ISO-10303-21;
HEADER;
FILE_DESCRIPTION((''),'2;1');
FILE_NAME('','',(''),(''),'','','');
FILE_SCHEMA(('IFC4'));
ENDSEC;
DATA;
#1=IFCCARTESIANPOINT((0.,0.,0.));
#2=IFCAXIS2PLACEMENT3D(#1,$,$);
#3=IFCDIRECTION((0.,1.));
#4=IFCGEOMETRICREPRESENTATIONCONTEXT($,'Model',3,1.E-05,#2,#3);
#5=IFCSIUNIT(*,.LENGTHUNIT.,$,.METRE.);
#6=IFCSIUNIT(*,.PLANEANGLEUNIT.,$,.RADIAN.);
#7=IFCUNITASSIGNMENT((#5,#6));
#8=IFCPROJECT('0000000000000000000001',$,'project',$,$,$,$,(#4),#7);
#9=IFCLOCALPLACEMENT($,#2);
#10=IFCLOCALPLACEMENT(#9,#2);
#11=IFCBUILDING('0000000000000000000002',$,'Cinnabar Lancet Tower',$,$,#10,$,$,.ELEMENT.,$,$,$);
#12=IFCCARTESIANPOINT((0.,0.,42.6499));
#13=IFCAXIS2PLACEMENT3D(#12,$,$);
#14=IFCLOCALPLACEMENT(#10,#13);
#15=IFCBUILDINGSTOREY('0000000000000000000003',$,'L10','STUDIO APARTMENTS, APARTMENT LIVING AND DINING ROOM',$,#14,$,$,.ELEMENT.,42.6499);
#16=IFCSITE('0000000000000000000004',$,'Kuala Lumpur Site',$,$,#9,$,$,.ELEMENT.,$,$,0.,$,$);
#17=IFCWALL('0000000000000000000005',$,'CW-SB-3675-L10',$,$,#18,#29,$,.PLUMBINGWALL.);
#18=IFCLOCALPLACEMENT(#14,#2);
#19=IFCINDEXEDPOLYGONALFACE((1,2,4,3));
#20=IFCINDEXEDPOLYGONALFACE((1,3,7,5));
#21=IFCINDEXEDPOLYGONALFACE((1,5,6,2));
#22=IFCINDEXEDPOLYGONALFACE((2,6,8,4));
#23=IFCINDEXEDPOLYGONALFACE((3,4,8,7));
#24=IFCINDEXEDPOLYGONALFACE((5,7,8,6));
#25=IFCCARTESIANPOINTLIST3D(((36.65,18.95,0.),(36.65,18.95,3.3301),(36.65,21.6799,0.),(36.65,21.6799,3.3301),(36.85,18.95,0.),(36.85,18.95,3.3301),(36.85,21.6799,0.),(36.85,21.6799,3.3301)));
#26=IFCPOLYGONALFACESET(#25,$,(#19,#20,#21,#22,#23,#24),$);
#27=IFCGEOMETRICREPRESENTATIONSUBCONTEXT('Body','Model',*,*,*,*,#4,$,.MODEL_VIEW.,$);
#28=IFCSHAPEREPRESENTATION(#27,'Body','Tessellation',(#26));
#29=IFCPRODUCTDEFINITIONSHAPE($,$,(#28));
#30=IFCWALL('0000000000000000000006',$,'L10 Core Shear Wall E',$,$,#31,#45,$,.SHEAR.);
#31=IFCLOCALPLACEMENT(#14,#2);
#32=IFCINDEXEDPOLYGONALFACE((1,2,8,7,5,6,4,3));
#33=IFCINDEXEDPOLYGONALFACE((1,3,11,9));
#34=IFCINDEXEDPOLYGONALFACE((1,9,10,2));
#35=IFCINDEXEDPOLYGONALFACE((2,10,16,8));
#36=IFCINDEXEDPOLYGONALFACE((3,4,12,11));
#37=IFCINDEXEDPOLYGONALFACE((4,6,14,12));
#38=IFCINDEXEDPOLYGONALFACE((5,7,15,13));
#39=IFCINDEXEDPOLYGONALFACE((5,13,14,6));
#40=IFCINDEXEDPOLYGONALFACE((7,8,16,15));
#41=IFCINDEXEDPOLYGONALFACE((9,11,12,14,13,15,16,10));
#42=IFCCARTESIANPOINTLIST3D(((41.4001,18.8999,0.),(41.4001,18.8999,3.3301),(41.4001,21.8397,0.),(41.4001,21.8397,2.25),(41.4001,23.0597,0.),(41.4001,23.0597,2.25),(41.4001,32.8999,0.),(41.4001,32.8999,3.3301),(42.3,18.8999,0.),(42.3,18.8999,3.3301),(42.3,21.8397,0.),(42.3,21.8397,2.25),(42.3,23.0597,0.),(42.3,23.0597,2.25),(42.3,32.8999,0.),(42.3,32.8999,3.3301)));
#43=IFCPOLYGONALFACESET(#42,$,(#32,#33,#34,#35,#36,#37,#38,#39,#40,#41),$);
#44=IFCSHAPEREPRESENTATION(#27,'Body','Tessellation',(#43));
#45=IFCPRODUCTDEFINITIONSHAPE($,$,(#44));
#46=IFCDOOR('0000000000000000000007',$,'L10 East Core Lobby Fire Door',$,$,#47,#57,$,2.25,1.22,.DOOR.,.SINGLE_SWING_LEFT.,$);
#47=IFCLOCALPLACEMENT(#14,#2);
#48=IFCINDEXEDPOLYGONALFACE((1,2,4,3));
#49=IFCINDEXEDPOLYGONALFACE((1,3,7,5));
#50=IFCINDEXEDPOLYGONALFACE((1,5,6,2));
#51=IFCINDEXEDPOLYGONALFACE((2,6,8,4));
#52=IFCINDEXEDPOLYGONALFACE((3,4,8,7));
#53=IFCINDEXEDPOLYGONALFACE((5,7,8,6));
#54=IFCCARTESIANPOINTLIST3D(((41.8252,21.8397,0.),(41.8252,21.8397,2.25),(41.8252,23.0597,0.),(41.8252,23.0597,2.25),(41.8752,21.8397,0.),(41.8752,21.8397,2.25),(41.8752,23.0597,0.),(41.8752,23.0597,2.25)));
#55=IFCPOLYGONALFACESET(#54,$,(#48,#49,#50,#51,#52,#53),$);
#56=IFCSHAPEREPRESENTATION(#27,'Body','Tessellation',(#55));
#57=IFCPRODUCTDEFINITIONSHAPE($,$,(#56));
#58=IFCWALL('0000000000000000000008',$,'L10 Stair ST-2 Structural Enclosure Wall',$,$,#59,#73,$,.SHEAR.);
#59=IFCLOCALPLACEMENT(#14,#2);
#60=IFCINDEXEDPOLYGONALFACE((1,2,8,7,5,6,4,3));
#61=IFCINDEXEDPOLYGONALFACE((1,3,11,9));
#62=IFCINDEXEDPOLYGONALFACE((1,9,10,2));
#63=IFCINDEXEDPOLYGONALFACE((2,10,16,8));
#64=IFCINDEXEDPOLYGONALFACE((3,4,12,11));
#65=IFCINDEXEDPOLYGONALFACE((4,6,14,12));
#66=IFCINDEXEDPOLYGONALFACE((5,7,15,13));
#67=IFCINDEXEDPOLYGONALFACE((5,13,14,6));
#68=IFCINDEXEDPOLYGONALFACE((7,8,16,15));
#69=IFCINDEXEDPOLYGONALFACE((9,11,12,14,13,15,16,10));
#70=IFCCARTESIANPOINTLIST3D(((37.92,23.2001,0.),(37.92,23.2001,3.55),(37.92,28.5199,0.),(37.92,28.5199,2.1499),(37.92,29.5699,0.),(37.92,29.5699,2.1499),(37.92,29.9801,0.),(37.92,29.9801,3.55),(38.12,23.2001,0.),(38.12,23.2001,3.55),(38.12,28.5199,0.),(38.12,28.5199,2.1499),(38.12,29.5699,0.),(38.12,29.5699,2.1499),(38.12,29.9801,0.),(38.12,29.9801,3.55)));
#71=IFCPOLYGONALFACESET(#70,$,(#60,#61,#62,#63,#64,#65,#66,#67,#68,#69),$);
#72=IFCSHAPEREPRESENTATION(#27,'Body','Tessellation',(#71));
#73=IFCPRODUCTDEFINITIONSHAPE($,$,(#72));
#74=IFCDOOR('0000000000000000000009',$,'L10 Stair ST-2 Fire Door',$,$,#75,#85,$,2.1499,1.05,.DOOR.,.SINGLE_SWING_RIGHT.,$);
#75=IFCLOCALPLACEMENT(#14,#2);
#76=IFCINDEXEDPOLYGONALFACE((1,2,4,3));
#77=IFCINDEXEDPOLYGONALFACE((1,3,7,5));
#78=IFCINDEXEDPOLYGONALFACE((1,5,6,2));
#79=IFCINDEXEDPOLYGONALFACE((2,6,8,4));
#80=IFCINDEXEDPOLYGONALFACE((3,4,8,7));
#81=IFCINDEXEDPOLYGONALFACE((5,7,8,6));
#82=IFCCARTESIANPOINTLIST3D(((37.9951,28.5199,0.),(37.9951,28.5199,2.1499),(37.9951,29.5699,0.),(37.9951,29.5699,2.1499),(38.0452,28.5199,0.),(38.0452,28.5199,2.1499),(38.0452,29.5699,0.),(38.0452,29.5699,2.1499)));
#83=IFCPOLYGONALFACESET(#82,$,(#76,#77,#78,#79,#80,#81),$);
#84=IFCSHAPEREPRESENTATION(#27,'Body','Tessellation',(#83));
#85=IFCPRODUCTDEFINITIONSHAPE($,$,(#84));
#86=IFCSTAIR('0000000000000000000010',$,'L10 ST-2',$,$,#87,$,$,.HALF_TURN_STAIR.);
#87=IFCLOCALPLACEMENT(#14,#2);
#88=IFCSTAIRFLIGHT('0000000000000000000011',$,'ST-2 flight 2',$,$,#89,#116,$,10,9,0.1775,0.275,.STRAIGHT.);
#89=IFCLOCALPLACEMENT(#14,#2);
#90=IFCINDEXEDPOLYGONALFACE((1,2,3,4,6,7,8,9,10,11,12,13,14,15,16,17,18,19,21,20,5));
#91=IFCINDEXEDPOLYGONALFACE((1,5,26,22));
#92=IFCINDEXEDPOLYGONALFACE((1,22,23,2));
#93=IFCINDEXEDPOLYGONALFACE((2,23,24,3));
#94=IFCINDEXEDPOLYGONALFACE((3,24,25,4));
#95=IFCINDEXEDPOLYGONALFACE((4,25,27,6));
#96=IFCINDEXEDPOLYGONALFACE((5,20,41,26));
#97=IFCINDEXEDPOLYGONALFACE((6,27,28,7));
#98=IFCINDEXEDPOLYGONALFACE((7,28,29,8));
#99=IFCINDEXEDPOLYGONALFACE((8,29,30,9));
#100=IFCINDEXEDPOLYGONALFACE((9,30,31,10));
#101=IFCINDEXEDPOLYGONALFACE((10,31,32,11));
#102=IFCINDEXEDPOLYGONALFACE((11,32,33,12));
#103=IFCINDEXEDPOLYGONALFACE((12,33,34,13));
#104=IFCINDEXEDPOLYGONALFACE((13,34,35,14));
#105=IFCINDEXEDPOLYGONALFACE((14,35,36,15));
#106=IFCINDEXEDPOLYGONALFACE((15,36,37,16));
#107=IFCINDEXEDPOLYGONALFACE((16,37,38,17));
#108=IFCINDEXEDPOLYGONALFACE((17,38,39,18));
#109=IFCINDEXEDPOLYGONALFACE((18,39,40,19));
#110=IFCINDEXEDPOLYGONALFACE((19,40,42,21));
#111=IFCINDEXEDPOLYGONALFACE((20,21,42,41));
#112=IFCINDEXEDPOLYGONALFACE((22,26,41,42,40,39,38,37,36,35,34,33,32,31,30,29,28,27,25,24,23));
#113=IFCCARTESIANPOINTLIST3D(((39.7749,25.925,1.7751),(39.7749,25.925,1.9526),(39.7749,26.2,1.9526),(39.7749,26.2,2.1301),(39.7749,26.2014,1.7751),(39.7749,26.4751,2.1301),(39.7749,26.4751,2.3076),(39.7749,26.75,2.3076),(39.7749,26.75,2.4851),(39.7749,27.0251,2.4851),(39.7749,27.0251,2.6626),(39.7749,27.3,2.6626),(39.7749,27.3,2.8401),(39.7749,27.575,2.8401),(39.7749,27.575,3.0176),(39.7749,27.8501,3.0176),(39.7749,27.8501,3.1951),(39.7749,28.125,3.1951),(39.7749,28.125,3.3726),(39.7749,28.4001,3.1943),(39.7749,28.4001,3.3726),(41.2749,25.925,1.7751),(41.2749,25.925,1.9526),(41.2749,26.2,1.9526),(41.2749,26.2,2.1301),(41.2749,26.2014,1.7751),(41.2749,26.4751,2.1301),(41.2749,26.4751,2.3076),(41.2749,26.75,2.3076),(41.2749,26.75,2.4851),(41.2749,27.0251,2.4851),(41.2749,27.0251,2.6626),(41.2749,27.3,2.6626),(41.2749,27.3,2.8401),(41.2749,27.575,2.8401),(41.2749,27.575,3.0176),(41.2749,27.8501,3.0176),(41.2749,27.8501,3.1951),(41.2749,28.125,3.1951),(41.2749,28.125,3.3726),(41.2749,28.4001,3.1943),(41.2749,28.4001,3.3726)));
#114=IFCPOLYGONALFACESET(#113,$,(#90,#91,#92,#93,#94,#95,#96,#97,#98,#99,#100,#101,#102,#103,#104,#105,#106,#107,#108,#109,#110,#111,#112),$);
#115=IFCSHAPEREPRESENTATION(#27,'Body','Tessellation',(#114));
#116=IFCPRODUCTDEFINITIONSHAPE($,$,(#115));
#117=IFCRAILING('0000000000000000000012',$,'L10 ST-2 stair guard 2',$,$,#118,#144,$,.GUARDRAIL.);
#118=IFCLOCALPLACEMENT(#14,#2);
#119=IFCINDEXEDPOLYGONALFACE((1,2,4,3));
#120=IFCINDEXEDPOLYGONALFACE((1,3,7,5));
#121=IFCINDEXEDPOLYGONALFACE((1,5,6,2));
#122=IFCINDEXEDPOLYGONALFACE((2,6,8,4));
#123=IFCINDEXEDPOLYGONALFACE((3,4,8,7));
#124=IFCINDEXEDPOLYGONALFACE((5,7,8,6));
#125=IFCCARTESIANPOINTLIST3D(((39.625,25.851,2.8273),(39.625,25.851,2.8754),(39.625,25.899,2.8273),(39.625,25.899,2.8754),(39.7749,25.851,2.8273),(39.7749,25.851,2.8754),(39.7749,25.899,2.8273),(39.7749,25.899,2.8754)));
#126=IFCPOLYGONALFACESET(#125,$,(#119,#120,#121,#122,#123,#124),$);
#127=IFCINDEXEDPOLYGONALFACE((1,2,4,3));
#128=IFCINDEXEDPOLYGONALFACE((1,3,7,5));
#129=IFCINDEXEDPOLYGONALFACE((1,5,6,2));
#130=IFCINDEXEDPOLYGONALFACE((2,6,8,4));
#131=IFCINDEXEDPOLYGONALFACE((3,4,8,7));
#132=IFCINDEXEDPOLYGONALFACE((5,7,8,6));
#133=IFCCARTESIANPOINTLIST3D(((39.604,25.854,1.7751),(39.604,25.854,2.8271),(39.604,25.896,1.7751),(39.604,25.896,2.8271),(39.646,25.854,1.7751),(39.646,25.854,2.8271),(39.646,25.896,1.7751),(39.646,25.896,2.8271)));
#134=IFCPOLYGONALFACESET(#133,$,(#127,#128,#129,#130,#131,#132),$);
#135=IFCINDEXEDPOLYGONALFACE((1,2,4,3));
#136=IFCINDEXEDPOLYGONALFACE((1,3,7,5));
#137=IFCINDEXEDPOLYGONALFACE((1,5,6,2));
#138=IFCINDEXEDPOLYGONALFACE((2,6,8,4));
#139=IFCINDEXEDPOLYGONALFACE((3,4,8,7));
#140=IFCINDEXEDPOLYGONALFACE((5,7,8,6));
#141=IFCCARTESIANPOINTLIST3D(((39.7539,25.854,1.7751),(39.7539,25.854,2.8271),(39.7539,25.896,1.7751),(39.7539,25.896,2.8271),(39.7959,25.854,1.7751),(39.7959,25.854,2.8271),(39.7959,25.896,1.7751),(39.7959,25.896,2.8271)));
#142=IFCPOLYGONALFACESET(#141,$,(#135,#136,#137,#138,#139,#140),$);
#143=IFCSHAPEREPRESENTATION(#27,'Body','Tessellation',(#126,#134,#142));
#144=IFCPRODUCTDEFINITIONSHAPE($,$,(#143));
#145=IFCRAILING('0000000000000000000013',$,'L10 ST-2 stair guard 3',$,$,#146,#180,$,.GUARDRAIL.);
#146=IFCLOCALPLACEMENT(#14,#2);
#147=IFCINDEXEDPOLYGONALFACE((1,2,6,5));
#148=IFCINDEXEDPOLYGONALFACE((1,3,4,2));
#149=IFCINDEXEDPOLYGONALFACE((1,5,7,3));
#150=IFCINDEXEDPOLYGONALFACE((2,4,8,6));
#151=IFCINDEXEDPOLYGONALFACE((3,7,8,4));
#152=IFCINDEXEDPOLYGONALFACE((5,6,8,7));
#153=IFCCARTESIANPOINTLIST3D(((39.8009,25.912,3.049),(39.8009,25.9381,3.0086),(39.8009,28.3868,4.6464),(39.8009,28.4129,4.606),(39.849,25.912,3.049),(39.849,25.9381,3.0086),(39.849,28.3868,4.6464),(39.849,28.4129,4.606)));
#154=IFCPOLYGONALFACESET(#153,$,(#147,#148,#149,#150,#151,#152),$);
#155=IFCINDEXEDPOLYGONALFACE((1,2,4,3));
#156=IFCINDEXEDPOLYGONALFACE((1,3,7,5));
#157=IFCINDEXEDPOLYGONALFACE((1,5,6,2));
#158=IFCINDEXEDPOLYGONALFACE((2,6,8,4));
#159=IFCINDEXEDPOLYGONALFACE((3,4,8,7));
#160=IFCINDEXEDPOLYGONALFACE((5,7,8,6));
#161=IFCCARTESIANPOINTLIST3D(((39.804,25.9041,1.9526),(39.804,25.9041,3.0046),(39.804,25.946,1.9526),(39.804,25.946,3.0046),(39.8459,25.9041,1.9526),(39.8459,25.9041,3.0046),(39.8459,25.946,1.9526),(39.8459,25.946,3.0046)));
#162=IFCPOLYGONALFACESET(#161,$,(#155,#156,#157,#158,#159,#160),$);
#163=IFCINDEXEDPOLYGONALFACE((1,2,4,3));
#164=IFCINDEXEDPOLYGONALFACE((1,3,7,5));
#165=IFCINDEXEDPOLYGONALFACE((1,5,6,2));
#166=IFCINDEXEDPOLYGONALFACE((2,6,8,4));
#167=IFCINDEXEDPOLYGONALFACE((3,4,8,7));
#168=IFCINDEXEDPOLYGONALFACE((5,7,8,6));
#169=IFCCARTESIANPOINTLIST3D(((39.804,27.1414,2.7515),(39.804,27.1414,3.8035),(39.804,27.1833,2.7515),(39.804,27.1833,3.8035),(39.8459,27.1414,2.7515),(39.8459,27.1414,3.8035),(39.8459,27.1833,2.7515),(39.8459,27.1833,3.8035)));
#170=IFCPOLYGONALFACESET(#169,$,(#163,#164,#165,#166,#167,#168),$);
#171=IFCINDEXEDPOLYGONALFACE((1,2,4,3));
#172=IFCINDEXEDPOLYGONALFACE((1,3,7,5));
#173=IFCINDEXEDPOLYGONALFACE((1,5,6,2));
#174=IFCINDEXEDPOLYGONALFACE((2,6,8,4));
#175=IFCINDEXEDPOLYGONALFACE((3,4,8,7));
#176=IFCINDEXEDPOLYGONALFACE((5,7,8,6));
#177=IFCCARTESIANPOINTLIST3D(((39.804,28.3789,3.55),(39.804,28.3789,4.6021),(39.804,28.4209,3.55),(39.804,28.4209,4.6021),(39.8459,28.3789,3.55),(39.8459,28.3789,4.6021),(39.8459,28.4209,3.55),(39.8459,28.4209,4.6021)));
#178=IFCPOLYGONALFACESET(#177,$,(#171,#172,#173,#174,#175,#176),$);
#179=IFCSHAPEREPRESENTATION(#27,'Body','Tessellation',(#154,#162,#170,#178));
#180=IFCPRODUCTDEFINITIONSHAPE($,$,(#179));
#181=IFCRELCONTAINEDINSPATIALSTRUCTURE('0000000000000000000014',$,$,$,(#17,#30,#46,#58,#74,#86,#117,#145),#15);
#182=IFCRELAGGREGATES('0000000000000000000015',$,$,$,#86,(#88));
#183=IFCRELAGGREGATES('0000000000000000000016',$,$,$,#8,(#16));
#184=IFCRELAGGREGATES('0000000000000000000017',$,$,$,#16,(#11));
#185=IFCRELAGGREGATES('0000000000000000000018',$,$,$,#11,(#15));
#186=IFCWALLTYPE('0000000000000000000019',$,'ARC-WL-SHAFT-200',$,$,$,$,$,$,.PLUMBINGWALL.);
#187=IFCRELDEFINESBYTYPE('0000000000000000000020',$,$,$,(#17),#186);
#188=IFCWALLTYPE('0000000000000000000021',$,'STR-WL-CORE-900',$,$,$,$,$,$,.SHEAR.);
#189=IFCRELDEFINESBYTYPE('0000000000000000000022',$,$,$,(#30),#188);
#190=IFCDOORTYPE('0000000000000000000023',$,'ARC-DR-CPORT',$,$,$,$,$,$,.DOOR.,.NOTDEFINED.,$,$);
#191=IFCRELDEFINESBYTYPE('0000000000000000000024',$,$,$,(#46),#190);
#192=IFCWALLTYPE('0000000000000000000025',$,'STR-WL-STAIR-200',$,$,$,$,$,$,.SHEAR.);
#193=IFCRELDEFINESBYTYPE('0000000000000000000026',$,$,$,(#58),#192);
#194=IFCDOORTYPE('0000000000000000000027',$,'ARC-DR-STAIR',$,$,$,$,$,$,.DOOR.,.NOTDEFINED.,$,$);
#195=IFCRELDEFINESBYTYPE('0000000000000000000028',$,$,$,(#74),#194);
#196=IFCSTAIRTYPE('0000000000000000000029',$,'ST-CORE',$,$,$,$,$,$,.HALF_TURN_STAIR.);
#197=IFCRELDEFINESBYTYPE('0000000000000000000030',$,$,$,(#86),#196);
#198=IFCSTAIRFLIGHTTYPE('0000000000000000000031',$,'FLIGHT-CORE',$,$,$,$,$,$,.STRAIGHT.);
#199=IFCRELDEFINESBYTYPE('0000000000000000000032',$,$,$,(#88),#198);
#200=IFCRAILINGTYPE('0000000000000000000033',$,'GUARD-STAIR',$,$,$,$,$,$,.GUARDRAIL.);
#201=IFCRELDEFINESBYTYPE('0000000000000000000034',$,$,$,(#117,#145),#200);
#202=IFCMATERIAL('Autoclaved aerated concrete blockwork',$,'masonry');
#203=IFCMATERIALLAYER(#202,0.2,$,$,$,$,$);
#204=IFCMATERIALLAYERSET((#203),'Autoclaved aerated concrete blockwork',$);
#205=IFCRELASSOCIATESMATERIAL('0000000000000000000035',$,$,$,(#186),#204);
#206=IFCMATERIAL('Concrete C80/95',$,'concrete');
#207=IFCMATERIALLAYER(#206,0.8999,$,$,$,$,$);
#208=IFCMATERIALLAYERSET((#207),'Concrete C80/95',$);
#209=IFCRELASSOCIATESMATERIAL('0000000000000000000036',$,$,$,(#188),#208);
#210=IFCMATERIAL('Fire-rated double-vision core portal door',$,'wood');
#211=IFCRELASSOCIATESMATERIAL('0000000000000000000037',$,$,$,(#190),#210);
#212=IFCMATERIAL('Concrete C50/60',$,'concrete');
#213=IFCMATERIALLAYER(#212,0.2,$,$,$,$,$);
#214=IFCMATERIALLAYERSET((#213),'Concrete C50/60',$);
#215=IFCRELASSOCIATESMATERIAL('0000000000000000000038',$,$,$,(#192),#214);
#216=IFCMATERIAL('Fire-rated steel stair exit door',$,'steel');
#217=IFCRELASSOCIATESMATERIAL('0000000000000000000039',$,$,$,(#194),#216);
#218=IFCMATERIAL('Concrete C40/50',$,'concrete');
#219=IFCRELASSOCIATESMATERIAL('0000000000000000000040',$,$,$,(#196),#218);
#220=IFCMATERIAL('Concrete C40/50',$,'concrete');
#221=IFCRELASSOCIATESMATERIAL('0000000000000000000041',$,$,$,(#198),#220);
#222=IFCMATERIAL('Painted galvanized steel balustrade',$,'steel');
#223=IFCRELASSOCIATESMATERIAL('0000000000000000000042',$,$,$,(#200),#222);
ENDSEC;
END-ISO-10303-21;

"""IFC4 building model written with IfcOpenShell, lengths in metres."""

from ifc_helpers import new_model, si_unit, direction, frame, frame_2d, origin, origin_2d, place, context, subcontext, project, spatial, polyline, rectangle, outline, extrude, material, layer, layer_set, type_object, element, fill, aggregate, save


model = new_model("IFC4")

# Units and contexts
model_context = context("Model", 3, precision=1e-05, world=origin(), true_north=direction((0.0, 1.0)))
body_context = subcontext(model_context, "Body", "Model", "MODEL_VIEW")
ifc_project = project(units=[si_unit("LENGTHUNIT", "METRE"), si_unit("PLANEANGLEUNIT", "RADIAN")], contexts=[model_context])

# Site, building, storey
site_placement = place(None, origin())
site = spatial("IfcSite", under=ifc_project, at=site_placement, Name="Kuala Lumpur Site", CompositionType="ELEMENT", RefElevation=0.0)
building_placement = place(site_placement, origin())
building = spatial("IfcBuilding", under=site, at=building_placement, Name="Cinnabar Lancet Tower", CompositionType="ELEMENT")
storey_placement = place(building_placement, frame((0.0, 0.0, 42.6499)))
storey = spatial("IfcBuildingStorey", under=building, at=storey_placement, Name="L10", Description="STUDIO APARTMENTS, APARTMENT LIVING AND DINING ROOM", CompositionType="ELEMENT", Elevation=42.6499)

# Shared definitions
ifc_material_1 = material(Name="Autoclaved aerated concrete blockwork", Category="masonry")
ifc_layer_1 = layer(ifc_material_1, 0.2)
ifc_layer_set_1 = layer_set([ifc_layer_1], Name="Autoclaved aerated concrete blockwork")
wall_type_1 = type_object("IfcWallType", Name="ARC-WL-SHAFT-200", PredefinedType="PLUMBINGWALL", material=ifc_layer_set_1)

# Wall
for number, where, z_axis, x_axis, name in (
    (1, (36.75, 18.95, 0.0), (0.0, 0.0, 1.0), (0.0, 1.0, 0.0), "CW-SB-3675-L10"),
):
    element("IfcWall", number, at=place(storey_placement, frame(where, z_axis=z_axis, x_axis=x_axis)), inside=storey, type_object=wall_type_1, Name=name, PredefinedType="PLUMBINGWALL", context=body_context, shape_type="SweptSolid", body=[
        extrude(rectangle(XDim=2.73, YDim=0.2, at=frame_2d((1.365, 0.0))), origin(), (0.0, 0.0, 1.0), 3.3301),
    ])

# Walls, openings, doors
ifc_material_2 = material(Name="Concrete C80/95", Category="concrete")
ifc_layer_2 = layer(ifc_material_2, 0.8999)
ifc_layer_set_2 = layer_set([ifc_layer_2], Name="Concrete C80/95")
wall_type_2 = type_object("IfcWallType", Name="STR-WL-CORE-900", PredefinedType="SHEAR", material=ifc_layer_set_2)
wall_1_placement = place(storey_placement, frame((41.8501, 18.8999, 0.0), z_axis=(0.0, 0.0, 1.0), x_axis=(0.0, 1.0, 0.0)))
wall_1 = element("IfcWall", 2, at=wall_1_placement, inside=storey, type_object=wall_type_2, Name="L10 Core Shear Wall E", PredefinedType="SHEAR", context=body_context, shape_type="SweptSolid", body=[
    extrude(rectangle(XDim=14.0, YDim=0.8999, at=frame_2d((7.0, 0.0))), origin(), (0.0, 0.0, 1.0), 3.3301),
])
opening_1_placement = place(wall_1_placement, frame((2.9399, 0.0, 0.0)))
opening_1 = element("IfcOpeningElement", 3, at=opening_1_placement, cuts=wall_1, PredefinedType="OPENING", context=body_context, shape_type="SweptSolid", body=[
    extrude(rectangle(XDim=1.22, YDim=2.25, at=frame_2d((0.6099, 1.125))), frame((0.0, 0.46, 0.0), z_axis=(0.0, -1.0, 0.0), x_axis=(1.0, 0.0, 0.0)), (0.0, 0.0, 1.0), 0.9199),
])
ifc_material_3 = material(Name="Fire-rated double-vision core portal door", Category="wood")
door_type_1 = type_object("IfcDoorType", Name="ARC-DR-CPORT", OperationType="NOTDEFINED", PredefinedType="DOOR", material=ifc_material_3)
door_1_placement = place(opening_1_placement, origin())
door_1 = element("IfcDoor", 4, at=door_1_placement, inside=storey, type_object=door_type_1, Name="L10 East Core Lobby Fire Door", OperationType="SINGLE_SWING_LEFT", OverallHeight=2.25, OverallWidth=1.22, PredefinedType="DOOR", context=body_context, shape_type="SweptSolid", body=[
    extrude(rectangle(XDim=1.22, YDim=2.25, at=frame_2d((0.6099, 1.125))), frame((0.0, 0.0249, 0.0), z_axis=(0.0, -1.0, 0.0), x_axis=(1.0, 0.0, 0.0)), (0.0, 0.0, 1.0), 0.05),
])
fill(opening_1, door_1)
ifc_material_4 = material(Name="Concrete C50/60", Category="concrete")
ifc_layer_3 = layer(ifc_material_4, 0.2)
ifc_layer_set_3 = layer_set([ifc_layer_3], Name="Concrete C50/60")
wall_type_3 = type_object("IfcWallType", Name="STR-WL-STAIR-200", PredefinedType="SHEAR", material=ifc_layer_set_3)
wall_2_placement = place(storey_placement, frame((38.02, 23.2, 0.0), z_axis=(0.0, 0.0, 1.0), x_axis=(0.0, 1.0, 0.0)))
wall_2 = element("IfcWall", 5, at=wall_2_placement, inside=storey, type_object=wall_type_3, Name="L10 Stair ST-2 Structural Enclosure Wall", PredefinedType="SHEAR", context=body_context, shape_type="SweptSolid", body=[
    extrude(rectangle(XDim=6.78, YDim=0.2, at=frame_2d((3.3901, 0.0))), origin(), (0.0, 0.0, 1.0), 3.55),
])
opening_2_placement = place(wall_2_placement, frame((5.3201, 0.0, 0.0)))
opening_2 = element("IfcOpeningElement", 6, at=opening_2_placement, cuts=wall_2, PredefinedType="OPENING", context=body_context, shape_type="SweptSolid", body=[
    extrude(rectangle(XDim=1.05, YDim=2.1499, at=frame_2d((0.5249, 1.075))), frame((0.0, 0.1099, 0.0), z_axis=(0.0, -1.0, 0.0), x_axis=(1.0, 0.0, 0.0)), (0.0, 0.0, 1.0), 0.22),
])
ifc_material_5 = material(Name="Fire-rated steel stair exit door", Category="steel")
door_type_2 = type_object("IfcDoorType", Name="ARC-DR-STAIR", OperationType="NOTDEFINED", PredefinedType="DOOR", material=ifc_material_5)
door_2_placement = place(opening_2_placement, origin())
door_2 = element("IfcDoor", 7, at=door_2_placement, inside=storey, type_object=door_type_2, Name="L10 Stair ST-2 Fire Door", OperationType="SINGLE_SWING_RIGHT", OverallHeight=2.1499, OverallWidth=1.05, PredefinedType="DOOR", context=body_context, shape_type="SweptSolid", body=[
    extrude(rectangle(XDim=1.05, YDim=2.1499, at=frame_2d((0.5249, 1.075))), frame((0.0, 0.0249, 0.0), z_axis=(0.0, -1.0, 0.0), x_axis=(1.0, 0.0, 0.0)), (0.0, 0.0, 1.0), 0.05),
])
fill(opening_2, door_2)

# Stair, stair flight
ifc_material_6 = material(Name="Concrete C40/50", Category="concrete")
stair_type = type_object("IfcStairType", Name="ST-CORE", PredefinedType="HALF_TURN_STAIR", material=ifc_material_6)
stair_placement = place(storey_placement, origin())
stair = element("IfcStair", 8, at=stair_placement, inside=storey, type_object=stair_type, Name="L10 ST-2", PredefinedType="HALF_TURN_STAIR")
ifc_material_7 = material(Name="Concrete C40/50", Category="concrete")
stair_flight_type = type_object("IfcStairFlightType", Name="FLIGHT-CORE", PredefinedType="STRAIGHT", material=ifc_material_7)
stair_flight_placement = place(storey_placement, frame((40.5249, 25.925, 1.7751), z_axis=(0.0, 0.0, 1.0), x_axis=(0.0, 1.0, 0.0)))
stair_flight = element("IfcStairFlight", 9, at=stair_flight_placement, type_object=stair_flight_type, Name="ST-2 flight 2", NumberOfRisers=10, NumberOfTreads=9, PredefinedType="STRAIGHT", RiserHeight=0.1775, TreadLength=0.275, context=body_context, shape_type="SweptSolid", body=[
    extrude(outline(polyline([(0.0, 0.0), (0.0, 0.1775), (0.2749, 0.1775), (0.2749, 0.355), (0.55, 0.355), (0.55, 0.5325), (0.825, 0.5325), (0.825, 0.71), (1.1001, 0.71), (1.1001, 0.8875), (1.375, 0.8875), (1.375, 1.0649), (1.6499, 1.0649), (1.6499, 1.2424), (1.925, 1.2424), (1.925, 1.4199), (2.2, 1.4199), (2.2, 1.5974), (2.4751, 1.5974), (2.4751, 1.7749), (2.4751, 1.4192), (0.2764, 0.0), (0.0, 0.0)])), frame((0.0, 0.75, 0.0), z_axis=(0.0, -1.0, 0.0), x_axis=(1.0, 0.0, 0.0)), (0.0, 0.0, 1.0), 1.5),
])
aggregate(stair, [stair_flight])

# Railings
ifc_material_8 = material(Name="Painted galvanized steel balustrade", Category="steel")
railing_type_1 = type_object("IfcRailingType", Name="GUARD-STAIR", PredefinedType="GUARDRAIL", material=ifc_material_8)
railing_1_placement = place(storey_placement, frame((39.625, 25.875, 1.7751)))
element("IfcRailing", 10, at=railing_1_placement, inside=storey, type_object=railing_type_1, Name="L10 ST-2 stair guard 2", PredefinedType="GUARDRAIL", context=body_context, shape_type="SweptSolid", body=[
    extrude(rectangle(XDim=0.0481, YDim=0.0481, at=origin_2d()), frame((0.0, 0.0, 1.0762), z_axis=(1.0, 0.0, 0.0), x_axis=(0.0, 1.0, 0.0)), (0.0, 0.0, 1.0), 0.1499),
    extrude(rectangle(XDim=0.042, YDim=0.042, at=origin_2d()), origin(), (0.0, 0.0, 1.0), 1.052),
    extrude(rectangle(XDim=0.042, YDim=0.042, at=origin_2d()), frame((0.1499, 0.0, 0.0)), (0.0, 0.0, 1.0), 1.052),
])
railing_2_placement = place(storey_placement, frame((39.825, 25.925, 1.9526)))
element("IfcRailing", 11, at=railing_2_placement, inside=storey, type_object=railing_type_1, Name="L10 ST-2 stair guard 3", PredefinedType="GUARDRAIL", context=body_context, shape_type="SweptSolid", body=[
    extrude(rectangle(XDim=0.0481, YDim=0.0481, at=origin_2d()), frame((0.0, 0.0, 1.0762), z_axis=(0.0, 0.840183, 0.542302), x_axis=(-1.0, 0.0, 0.0)), (0.0, 0.0, 1.0), 2.9456),
    extrude(rectangle(XDim=0.042, YDim=0.042, at=origin_2d()), origin(), (0.0, 0.0, 1.0), 1.052),
    extrude(rectangle(XDim=0.042, YDim=0.042, at=origin_2d()), frame((0.0, 1.2373, 0.7988)), (0.0, 0.0, 1.0), 1.052),
    extrude(rectangle(XDim=0.042, YDim=0.042, at=origin_2d()), frame((0.0, 2.4749, 1.5974)), (0.0, 0.0, 1.0), 1.052),
])

save(model, "model.ifc")
